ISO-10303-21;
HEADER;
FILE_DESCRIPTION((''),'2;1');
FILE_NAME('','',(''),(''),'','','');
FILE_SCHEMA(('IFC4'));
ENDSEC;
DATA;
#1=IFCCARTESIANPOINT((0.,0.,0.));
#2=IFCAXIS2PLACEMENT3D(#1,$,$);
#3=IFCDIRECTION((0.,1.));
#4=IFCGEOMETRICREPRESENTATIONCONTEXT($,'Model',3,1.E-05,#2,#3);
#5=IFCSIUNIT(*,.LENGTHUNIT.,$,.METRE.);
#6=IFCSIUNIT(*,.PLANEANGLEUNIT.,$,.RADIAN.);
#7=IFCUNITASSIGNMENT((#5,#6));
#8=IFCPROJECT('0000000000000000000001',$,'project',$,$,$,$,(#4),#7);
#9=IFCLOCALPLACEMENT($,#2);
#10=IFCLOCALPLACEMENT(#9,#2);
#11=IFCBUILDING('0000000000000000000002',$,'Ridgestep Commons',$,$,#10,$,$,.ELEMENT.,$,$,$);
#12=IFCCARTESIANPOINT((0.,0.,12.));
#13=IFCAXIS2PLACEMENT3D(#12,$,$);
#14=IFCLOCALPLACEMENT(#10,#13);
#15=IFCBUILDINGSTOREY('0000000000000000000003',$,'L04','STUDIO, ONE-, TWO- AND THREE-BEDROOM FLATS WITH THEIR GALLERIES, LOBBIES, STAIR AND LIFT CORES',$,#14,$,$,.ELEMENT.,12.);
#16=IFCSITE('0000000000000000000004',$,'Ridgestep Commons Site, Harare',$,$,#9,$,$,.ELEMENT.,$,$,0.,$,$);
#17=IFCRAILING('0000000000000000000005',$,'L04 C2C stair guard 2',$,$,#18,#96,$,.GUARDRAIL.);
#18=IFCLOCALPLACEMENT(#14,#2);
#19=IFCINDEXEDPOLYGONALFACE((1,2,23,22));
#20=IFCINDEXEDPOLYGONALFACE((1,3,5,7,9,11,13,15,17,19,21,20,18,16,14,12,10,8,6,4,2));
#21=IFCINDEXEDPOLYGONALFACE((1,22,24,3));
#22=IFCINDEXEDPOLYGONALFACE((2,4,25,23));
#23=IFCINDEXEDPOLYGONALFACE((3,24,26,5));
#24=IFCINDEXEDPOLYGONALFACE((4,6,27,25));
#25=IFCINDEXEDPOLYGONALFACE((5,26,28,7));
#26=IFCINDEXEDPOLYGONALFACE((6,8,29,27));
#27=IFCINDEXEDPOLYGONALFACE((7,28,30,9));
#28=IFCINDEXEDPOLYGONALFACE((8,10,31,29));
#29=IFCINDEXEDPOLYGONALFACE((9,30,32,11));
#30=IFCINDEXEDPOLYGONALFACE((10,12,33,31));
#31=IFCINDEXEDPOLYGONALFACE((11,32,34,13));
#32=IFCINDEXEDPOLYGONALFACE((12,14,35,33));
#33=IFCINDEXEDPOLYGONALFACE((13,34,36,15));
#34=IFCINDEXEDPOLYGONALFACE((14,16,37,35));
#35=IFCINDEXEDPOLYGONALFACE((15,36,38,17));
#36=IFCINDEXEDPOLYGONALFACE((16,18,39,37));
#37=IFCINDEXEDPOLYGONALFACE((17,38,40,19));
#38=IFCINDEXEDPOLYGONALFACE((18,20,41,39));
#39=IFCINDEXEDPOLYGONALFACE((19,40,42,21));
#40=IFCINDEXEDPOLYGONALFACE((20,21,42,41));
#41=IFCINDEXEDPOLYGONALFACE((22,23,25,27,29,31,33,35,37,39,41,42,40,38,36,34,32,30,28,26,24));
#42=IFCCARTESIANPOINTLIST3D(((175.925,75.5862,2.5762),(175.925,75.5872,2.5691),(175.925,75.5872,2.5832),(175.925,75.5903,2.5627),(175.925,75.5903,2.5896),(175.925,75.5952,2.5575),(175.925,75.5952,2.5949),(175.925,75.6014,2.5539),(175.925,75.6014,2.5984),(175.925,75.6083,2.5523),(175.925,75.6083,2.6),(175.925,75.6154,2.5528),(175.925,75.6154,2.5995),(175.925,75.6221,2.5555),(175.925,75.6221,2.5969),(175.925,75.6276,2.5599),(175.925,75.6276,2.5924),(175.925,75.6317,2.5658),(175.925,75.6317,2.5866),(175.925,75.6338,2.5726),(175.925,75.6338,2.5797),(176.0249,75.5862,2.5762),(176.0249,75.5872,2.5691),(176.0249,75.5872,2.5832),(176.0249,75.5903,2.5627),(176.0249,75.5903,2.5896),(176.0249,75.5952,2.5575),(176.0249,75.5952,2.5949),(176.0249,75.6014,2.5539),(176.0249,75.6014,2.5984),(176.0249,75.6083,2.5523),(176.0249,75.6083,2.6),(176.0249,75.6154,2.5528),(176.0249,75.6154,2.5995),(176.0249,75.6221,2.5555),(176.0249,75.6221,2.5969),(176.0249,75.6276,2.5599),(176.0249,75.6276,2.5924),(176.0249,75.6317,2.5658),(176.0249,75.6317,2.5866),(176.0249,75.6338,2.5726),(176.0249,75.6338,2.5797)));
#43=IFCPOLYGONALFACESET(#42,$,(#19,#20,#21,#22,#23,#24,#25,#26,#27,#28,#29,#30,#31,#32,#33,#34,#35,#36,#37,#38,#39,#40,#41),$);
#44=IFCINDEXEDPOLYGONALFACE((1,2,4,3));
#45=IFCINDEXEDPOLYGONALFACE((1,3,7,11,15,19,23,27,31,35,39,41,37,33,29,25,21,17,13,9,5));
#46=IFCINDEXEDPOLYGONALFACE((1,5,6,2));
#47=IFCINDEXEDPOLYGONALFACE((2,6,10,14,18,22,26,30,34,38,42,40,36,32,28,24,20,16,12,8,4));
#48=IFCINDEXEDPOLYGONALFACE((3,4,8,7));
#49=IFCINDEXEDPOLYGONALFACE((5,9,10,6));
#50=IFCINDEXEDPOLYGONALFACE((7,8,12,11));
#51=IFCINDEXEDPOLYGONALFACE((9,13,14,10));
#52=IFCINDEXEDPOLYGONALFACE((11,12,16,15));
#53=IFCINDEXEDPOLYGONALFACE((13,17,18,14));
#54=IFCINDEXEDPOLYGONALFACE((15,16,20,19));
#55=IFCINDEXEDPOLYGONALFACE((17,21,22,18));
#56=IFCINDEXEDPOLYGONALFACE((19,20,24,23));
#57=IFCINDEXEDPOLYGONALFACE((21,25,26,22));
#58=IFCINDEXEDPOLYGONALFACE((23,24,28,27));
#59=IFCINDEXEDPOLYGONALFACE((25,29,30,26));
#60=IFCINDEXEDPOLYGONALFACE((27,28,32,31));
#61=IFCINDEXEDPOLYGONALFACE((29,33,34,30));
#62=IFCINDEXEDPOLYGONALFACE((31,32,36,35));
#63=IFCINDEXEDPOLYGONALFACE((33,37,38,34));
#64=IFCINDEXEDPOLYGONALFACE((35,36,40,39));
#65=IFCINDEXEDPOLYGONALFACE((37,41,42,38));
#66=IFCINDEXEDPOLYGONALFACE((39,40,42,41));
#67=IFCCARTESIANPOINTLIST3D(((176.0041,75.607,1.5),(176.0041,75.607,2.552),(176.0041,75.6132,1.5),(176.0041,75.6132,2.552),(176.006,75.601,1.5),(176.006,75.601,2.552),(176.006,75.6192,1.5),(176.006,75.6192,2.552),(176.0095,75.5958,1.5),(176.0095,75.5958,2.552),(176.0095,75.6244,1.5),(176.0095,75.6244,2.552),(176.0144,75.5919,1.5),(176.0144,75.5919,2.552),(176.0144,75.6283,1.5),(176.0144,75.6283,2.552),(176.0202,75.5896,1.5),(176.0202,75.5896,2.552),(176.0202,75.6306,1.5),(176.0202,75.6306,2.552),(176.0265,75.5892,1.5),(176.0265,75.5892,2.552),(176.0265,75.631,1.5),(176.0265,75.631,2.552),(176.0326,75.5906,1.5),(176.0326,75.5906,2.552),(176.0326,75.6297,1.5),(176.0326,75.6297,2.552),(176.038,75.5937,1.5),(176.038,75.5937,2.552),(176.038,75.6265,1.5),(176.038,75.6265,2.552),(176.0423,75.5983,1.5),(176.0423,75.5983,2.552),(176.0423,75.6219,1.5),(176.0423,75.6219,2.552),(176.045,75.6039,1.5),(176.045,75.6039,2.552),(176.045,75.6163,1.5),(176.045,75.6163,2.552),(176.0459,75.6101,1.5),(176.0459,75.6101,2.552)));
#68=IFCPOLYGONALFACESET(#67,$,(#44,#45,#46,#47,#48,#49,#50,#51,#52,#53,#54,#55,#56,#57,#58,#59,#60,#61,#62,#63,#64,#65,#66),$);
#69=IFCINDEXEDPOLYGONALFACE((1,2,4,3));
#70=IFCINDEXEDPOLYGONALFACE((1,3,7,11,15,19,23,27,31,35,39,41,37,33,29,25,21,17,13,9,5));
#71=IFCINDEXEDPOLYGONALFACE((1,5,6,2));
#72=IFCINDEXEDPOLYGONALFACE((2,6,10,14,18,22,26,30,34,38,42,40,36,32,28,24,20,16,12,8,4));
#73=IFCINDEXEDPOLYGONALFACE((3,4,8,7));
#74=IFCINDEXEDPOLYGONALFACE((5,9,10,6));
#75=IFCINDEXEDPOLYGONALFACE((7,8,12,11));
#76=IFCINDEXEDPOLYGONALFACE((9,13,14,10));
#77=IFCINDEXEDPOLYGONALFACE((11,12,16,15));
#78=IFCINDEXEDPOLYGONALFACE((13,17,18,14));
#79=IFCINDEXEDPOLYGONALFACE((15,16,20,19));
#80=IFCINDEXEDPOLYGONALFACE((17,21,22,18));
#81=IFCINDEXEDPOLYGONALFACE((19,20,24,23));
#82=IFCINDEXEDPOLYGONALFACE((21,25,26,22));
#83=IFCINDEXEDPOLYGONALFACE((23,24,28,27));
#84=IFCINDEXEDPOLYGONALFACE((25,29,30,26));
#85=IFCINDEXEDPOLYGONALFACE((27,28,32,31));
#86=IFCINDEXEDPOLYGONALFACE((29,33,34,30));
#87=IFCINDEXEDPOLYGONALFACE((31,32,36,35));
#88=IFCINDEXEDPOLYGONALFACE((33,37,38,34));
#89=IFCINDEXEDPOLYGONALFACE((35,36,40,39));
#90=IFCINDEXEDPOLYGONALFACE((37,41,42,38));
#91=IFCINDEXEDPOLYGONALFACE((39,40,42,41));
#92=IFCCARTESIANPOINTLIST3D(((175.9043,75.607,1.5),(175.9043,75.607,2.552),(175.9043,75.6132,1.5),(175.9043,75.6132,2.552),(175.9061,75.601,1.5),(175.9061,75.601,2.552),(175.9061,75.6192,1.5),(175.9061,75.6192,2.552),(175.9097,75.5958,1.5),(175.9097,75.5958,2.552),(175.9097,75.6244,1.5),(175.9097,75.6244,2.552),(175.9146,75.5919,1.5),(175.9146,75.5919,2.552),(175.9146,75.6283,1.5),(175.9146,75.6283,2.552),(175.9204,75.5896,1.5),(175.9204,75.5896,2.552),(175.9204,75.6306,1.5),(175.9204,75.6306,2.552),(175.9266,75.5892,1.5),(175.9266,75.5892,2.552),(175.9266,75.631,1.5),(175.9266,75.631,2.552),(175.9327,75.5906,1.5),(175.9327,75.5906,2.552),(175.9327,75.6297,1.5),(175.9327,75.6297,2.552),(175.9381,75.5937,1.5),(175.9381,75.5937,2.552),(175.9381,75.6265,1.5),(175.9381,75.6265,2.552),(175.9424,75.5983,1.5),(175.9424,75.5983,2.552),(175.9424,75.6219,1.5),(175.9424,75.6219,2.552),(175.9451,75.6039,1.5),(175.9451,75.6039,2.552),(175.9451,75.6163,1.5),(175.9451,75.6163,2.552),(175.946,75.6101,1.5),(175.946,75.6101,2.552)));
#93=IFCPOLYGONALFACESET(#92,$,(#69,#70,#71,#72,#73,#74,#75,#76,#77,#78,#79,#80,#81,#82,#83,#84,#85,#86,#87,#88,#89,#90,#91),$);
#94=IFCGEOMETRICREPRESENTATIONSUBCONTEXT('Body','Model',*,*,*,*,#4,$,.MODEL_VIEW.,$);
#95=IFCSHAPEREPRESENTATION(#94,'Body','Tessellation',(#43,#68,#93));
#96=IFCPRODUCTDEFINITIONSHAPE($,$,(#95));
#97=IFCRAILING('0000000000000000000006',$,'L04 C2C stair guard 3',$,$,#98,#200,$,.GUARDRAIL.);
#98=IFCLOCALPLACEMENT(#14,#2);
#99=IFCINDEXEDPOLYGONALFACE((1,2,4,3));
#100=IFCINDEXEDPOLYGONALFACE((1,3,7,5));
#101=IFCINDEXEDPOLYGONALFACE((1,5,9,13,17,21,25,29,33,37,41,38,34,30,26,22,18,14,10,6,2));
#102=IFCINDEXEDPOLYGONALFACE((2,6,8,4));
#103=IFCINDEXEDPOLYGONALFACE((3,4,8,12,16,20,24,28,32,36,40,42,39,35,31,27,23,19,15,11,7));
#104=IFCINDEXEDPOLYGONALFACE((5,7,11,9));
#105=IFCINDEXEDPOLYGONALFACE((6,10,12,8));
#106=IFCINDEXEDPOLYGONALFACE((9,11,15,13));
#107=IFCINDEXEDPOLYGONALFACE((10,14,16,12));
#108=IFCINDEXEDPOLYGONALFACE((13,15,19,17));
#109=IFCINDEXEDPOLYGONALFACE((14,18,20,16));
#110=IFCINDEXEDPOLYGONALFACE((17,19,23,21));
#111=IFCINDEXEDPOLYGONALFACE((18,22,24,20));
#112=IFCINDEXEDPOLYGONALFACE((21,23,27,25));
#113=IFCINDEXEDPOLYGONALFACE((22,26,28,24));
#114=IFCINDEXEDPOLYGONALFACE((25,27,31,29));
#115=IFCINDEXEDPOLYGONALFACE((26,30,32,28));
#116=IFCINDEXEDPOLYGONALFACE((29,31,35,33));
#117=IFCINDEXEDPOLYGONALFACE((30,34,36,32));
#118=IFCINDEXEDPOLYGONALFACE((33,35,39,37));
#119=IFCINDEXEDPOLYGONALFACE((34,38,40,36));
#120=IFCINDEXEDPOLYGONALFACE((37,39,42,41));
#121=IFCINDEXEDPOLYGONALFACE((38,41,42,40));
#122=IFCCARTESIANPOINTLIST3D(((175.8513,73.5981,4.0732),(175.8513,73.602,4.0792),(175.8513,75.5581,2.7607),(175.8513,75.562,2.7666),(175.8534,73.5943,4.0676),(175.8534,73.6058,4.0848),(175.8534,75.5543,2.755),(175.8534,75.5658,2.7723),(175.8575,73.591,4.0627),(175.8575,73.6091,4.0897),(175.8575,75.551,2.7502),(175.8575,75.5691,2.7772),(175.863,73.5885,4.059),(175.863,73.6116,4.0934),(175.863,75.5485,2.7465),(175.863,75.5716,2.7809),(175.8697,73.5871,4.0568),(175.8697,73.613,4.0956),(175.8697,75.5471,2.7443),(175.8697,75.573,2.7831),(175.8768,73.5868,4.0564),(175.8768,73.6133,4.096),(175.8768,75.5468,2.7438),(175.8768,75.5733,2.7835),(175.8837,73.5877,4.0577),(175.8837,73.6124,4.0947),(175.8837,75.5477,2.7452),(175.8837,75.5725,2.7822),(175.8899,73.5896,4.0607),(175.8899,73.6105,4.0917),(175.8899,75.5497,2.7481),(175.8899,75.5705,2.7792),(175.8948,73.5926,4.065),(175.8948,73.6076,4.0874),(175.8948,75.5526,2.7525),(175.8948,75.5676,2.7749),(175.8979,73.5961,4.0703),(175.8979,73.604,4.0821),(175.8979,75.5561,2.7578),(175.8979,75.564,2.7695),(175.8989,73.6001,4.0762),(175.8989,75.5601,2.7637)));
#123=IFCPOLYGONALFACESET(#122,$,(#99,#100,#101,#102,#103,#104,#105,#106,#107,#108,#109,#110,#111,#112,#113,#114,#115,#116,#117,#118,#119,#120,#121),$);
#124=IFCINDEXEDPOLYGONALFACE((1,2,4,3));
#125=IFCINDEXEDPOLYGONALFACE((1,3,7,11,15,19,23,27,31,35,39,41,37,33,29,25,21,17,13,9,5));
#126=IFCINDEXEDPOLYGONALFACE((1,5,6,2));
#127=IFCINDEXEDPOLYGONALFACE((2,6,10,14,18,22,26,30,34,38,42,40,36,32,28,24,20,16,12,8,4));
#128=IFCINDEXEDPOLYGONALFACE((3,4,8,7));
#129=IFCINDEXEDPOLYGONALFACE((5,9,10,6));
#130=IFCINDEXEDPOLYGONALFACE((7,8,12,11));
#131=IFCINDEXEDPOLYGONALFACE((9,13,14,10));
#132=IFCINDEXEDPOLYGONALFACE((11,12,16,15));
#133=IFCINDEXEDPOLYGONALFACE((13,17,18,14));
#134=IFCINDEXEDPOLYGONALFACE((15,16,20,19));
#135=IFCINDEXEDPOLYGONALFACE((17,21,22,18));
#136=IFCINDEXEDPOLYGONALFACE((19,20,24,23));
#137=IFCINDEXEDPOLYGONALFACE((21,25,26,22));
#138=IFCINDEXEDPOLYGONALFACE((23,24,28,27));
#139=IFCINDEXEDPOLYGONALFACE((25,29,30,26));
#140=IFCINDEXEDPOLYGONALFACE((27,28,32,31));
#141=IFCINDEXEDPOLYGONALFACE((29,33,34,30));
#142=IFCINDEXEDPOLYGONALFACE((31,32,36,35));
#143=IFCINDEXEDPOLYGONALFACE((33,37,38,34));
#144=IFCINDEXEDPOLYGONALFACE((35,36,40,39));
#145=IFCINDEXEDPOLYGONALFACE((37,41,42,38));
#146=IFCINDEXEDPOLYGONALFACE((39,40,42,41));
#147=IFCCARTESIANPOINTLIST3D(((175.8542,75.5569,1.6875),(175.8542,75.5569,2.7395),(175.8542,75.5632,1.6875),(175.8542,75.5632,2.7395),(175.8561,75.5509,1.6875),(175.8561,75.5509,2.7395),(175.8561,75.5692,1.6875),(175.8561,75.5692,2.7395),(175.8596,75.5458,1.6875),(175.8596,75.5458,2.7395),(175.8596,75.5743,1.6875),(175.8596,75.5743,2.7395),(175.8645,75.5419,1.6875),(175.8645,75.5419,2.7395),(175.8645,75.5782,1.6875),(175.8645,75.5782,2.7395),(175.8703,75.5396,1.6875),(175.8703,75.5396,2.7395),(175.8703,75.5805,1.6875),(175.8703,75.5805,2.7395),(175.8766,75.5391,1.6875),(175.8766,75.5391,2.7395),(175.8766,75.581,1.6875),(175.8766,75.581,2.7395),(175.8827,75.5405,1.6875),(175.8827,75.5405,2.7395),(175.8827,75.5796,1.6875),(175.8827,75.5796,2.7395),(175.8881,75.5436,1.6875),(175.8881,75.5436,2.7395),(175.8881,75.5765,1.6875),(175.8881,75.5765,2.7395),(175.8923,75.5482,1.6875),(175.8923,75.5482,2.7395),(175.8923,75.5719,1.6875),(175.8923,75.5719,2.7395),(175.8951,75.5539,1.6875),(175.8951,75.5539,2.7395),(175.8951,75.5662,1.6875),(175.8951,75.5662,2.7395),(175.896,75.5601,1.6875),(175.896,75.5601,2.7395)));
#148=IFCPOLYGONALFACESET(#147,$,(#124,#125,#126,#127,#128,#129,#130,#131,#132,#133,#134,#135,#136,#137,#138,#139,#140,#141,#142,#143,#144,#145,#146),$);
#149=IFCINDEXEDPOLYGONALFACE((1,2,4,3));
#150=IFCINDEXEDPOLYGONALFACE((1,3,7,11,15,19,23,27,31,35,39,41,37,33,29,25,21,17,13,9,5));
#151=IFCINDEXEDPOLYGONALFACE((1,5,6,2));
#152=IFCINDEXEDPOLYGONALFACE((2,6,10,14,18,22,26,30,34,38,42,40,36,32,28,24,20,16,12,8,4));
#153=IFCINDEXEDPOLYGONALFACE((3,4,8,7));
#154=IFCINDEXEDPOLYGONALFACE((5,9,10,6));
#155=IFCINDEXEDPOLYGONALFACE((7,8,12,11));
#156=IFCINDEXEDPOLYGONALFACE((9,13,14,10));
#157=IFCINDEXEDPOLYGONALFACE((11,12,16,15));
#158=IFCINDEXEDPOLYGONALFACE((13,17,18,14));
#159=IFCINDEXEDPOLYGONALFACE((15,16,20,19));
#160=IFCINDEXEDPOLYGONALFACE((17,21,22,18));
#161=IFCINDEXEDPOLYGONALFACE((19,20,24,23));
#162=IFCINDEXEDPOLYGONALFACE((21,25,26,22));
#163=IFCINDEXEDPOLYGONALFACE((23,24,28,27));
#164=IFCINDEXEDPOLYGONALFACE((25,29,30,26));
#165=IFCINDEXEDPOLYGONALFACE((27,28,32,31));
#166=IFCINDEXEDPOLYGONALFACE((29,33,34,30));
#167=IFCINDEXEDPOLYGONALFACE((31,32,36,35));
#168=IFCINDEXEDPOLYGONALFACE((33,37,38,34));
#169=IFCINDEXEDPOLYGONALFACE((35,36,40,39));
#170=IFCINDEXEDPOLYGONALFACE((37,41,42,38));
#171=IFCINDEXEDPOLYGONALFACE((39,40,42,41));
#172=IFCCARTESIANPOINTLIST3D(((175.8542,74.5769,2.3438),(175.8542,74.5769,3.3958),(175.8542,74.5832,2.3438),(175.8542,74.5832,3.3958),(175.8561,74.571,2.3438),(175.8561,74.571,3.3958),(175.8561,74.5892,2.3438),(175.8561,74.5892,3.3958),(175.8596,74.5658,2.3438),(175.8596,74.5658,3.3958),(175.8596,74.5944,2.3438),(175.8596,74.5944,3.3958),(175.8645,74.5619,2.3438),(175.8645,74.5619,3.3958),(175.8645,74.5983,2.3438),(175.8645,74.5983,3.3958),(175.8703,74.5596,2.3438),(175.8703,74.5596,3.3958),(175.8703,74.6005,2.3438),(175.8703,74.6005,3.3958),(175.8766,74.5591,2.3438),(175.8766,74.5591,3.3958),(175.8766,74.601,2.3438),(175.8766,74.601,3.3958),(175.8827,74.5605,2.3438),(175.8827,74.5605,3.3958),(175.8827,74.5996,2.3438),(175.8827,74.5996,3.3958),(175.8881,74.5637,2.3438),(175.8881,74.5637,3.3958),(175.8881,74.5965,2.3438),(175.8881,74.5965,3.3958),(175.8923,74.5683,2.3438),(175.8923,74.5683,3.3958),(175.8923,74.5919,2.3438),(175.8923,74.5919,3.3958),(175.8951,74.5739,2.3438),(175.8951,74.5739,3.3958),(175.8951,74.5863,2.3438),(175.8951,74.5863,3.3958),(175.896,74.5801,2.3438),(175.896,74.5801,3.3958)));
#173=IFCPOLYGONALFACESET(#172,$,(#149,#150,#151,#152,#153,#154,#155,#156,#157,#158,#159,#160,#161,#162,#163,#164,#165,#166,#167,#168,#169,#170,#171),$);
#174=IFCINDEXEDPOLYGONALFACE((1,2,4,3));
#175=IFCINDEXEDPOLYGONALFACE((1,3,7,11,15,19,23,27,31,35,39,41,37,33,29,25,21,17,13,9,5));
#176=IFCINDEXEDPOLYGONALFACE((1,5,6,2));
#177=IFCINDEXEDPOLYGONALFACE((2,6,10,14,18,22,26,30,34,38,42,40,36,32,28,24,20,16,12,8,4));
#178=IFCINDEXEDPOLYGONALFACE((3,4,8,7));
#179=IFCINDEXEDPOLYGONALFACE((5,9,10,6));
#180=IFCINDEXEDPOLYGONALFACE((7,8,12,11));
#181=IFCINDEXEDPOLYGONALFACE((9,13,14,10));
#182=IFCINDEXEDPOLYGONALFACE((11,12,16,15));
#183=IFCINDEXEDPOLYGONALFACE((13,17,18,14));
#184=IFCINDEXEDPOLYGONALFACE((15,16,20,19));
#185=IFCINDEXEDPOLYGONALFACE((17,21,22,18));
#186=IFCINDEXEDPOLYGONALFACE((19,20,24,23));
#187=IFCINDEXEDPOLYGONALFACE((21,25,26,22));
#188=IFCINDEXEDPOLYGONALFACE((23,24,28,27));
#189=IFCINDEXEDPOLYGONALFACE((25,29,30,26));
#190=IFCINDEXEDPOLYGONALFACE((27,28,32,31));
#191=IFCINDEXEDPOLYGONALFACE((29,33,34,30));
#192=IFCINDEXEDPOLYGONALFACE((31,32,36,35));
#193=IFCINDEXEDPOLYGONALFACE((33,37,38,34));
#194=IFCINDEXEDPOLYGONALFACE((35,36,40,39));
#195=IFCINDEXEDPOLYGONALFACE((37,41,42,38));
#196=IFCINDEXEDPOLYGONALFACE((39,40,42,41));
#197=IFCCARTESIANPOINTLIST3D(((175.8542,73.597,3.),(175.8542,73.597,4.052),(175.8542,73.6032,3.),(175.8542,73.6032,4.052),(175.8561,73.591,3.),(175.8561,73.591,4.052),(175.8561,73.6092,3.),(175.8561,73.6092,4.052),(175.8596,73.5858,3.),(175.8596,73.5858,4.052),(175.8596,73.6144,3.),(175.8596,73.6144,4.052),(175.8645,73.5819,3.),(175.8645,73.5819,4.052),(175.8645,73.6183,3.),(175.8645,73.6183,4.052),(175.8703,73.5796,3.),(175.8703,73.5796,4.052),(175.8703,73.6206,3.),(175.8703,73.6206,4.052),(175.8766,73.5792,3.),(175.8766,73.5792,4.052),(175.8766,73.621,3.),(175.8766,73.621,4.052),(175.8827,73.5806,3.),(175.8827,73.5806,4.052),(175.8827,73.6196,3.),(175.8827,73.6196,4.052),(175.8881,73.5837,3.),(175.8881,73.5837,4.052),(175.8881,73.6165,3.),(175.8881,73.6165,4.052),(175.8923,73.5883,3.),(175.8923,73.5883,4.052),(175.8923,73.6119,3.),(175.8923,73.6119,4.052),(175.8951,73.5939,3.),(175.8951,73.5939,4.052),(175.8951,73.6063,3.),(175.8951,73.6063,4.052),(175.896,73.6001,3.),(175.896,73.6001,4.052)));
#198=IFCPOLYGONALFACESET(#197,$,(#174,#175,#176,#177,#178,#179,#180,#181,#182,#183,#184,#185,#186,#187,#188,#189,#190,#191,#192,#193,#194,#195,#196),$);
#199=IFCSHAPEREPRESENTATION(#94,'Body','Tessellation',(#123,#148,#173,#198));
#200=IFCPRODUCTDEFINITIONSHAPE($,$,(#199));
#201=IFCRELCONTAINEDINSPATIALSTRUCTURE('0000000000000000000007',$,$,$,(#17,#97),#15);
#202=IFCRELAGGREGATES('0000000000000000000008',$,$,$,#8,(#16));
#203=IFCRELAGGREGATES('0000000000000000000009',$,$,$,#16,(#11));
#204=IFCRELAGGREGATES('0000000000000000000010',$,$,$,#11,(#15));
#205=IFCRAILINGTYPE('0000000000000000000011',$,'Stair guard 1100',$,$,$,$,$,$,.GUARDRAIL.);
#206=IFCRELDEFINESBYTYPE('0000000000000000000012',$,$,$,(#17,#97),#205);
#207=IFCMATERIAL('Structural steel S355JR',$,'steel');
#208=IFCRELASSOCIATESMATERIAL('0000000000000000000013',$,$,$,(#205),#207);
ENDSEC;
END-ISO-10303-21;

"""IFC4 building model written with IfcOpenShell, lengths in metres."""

from ifc_helpers import new_model, si_unit, direction, frame, origin, origin_2d, place, context, subcontext, project, spatial, circle, extrude, material, type_object, element, save


model = new_model("IFC4")

# Units and contexts
model_context = context("Model", 3, precision=1e-05, world=origin(), true_north=direction((0.0, 1.0)))
body_context = subcontext(model_context, "Body", "Model", "MODEL_VIEW")
ifc_project = project(units=[si_unit("LENGTHUNIT", "METRE"), si_unit("PLANEANGLEUNIT", "RADIAN")], contexts=[model_context])

# Site, building, storey
site_placement = place(None, origin())
site = spatial("IfcSite", under=ifc_project, at=site_placement, Name="Ridgestep Commons Site, Harare", CompositionType="ELEMENT", RefElevation=0.0)
building_placement = place(site_placement, origin())
building = spatial("IfcBuilding", under=site, at=building_placement, Name="Ridgestep Commons", CompositionType="ELEMENT")
storey_placement = place(building_placement, frame((0.0, 0.0, 12.0)))
storey = spatial("IfcBuildingStorey", under=building, at=storey_placement, Name="L04", Description="STUDIO, ONE-, TWO- AND THREE-BEDROOM FLATS WITH THEIR GALLERIES, LOBBIES, STAIR AND LIFT CORES", CompositionType="ELEMENT", Elevation=12.0)

# Railings
ifc_material_1 = material(Name="Structural steel S355JR", Category="steel")
railing_type_1 = type_object("IfcRailingType", Name="Stair guard 1100", PredefinedType="GUARDRAIL", material=ifc_material_1)
railing_1_placement = place(storey_placement, frame((176.0249, 75.6101, 1.5)))
element("IfcRailing", 1, at=railing_1_placement, inside=storey, type_object=railing_type_1, Name="L04 C2C stair guard 2", PredefinedType="GUARDRAIL", context=body_context, shape_type="SweptSolid", body=[
    extrude(circle(Radius=0.0239, at=origin_2d()), frame((0.0, 0.0, 1.0762), z_axis=(-1.0, 0.0, 0.0), x_axis=(0.0, -1.0, 0.0)), (0.0, 0.0, 1.0), 0.0999),
    extrude(circle(Radius=0.021, at=origin_2d()), origin(), (0.0, 0.0, 1.0), 1.052),
    extrude(circle(Radius=0.021, at=origin_2d()), frame((-0.0999, 0.0, 0.0)), (0.0, 0.0, 1.0), 1.052),
])
railing_2_placement = place(storey_placement, frame((175.875, 75.5601, 1.6875)))
element("IfcRailing", 2, at=railing_2_placement, inside=storey, type_object=railing_type_1, Name="L04 C2C stair guard 3", PredefinedType="GUARDRAIL", context=body_context, shape_type="SweptSolid", body=[
    extrude(circle(Radius=0.0239, at=origin_2d()), frame((0.0, 0.0, 1.0762), z_axis=(0.0, -0.830902, 0.556419), x_axis=(1.0, 0.0, 0.0)), (0.0, 0.0, 1.0), 2.3589),
    extrude(circle(Radius=0.021, at=origin_2d()), origin(), (0.0, 0.0, 1.0), 1.052),
    extrude(circle(Radius=0.021, at=origin_2d()), frame((0.0, -0.98, 0.6562)), (0.0, 0.0, 1.0), 1.052),
    extrude(circle(Radius=0.021, at=origin_2d()), frame((0.0, -1.96, 1.3125)), (0.0, 0.0, 1.0), 1.052),
])

save(model, "model.ifc")
